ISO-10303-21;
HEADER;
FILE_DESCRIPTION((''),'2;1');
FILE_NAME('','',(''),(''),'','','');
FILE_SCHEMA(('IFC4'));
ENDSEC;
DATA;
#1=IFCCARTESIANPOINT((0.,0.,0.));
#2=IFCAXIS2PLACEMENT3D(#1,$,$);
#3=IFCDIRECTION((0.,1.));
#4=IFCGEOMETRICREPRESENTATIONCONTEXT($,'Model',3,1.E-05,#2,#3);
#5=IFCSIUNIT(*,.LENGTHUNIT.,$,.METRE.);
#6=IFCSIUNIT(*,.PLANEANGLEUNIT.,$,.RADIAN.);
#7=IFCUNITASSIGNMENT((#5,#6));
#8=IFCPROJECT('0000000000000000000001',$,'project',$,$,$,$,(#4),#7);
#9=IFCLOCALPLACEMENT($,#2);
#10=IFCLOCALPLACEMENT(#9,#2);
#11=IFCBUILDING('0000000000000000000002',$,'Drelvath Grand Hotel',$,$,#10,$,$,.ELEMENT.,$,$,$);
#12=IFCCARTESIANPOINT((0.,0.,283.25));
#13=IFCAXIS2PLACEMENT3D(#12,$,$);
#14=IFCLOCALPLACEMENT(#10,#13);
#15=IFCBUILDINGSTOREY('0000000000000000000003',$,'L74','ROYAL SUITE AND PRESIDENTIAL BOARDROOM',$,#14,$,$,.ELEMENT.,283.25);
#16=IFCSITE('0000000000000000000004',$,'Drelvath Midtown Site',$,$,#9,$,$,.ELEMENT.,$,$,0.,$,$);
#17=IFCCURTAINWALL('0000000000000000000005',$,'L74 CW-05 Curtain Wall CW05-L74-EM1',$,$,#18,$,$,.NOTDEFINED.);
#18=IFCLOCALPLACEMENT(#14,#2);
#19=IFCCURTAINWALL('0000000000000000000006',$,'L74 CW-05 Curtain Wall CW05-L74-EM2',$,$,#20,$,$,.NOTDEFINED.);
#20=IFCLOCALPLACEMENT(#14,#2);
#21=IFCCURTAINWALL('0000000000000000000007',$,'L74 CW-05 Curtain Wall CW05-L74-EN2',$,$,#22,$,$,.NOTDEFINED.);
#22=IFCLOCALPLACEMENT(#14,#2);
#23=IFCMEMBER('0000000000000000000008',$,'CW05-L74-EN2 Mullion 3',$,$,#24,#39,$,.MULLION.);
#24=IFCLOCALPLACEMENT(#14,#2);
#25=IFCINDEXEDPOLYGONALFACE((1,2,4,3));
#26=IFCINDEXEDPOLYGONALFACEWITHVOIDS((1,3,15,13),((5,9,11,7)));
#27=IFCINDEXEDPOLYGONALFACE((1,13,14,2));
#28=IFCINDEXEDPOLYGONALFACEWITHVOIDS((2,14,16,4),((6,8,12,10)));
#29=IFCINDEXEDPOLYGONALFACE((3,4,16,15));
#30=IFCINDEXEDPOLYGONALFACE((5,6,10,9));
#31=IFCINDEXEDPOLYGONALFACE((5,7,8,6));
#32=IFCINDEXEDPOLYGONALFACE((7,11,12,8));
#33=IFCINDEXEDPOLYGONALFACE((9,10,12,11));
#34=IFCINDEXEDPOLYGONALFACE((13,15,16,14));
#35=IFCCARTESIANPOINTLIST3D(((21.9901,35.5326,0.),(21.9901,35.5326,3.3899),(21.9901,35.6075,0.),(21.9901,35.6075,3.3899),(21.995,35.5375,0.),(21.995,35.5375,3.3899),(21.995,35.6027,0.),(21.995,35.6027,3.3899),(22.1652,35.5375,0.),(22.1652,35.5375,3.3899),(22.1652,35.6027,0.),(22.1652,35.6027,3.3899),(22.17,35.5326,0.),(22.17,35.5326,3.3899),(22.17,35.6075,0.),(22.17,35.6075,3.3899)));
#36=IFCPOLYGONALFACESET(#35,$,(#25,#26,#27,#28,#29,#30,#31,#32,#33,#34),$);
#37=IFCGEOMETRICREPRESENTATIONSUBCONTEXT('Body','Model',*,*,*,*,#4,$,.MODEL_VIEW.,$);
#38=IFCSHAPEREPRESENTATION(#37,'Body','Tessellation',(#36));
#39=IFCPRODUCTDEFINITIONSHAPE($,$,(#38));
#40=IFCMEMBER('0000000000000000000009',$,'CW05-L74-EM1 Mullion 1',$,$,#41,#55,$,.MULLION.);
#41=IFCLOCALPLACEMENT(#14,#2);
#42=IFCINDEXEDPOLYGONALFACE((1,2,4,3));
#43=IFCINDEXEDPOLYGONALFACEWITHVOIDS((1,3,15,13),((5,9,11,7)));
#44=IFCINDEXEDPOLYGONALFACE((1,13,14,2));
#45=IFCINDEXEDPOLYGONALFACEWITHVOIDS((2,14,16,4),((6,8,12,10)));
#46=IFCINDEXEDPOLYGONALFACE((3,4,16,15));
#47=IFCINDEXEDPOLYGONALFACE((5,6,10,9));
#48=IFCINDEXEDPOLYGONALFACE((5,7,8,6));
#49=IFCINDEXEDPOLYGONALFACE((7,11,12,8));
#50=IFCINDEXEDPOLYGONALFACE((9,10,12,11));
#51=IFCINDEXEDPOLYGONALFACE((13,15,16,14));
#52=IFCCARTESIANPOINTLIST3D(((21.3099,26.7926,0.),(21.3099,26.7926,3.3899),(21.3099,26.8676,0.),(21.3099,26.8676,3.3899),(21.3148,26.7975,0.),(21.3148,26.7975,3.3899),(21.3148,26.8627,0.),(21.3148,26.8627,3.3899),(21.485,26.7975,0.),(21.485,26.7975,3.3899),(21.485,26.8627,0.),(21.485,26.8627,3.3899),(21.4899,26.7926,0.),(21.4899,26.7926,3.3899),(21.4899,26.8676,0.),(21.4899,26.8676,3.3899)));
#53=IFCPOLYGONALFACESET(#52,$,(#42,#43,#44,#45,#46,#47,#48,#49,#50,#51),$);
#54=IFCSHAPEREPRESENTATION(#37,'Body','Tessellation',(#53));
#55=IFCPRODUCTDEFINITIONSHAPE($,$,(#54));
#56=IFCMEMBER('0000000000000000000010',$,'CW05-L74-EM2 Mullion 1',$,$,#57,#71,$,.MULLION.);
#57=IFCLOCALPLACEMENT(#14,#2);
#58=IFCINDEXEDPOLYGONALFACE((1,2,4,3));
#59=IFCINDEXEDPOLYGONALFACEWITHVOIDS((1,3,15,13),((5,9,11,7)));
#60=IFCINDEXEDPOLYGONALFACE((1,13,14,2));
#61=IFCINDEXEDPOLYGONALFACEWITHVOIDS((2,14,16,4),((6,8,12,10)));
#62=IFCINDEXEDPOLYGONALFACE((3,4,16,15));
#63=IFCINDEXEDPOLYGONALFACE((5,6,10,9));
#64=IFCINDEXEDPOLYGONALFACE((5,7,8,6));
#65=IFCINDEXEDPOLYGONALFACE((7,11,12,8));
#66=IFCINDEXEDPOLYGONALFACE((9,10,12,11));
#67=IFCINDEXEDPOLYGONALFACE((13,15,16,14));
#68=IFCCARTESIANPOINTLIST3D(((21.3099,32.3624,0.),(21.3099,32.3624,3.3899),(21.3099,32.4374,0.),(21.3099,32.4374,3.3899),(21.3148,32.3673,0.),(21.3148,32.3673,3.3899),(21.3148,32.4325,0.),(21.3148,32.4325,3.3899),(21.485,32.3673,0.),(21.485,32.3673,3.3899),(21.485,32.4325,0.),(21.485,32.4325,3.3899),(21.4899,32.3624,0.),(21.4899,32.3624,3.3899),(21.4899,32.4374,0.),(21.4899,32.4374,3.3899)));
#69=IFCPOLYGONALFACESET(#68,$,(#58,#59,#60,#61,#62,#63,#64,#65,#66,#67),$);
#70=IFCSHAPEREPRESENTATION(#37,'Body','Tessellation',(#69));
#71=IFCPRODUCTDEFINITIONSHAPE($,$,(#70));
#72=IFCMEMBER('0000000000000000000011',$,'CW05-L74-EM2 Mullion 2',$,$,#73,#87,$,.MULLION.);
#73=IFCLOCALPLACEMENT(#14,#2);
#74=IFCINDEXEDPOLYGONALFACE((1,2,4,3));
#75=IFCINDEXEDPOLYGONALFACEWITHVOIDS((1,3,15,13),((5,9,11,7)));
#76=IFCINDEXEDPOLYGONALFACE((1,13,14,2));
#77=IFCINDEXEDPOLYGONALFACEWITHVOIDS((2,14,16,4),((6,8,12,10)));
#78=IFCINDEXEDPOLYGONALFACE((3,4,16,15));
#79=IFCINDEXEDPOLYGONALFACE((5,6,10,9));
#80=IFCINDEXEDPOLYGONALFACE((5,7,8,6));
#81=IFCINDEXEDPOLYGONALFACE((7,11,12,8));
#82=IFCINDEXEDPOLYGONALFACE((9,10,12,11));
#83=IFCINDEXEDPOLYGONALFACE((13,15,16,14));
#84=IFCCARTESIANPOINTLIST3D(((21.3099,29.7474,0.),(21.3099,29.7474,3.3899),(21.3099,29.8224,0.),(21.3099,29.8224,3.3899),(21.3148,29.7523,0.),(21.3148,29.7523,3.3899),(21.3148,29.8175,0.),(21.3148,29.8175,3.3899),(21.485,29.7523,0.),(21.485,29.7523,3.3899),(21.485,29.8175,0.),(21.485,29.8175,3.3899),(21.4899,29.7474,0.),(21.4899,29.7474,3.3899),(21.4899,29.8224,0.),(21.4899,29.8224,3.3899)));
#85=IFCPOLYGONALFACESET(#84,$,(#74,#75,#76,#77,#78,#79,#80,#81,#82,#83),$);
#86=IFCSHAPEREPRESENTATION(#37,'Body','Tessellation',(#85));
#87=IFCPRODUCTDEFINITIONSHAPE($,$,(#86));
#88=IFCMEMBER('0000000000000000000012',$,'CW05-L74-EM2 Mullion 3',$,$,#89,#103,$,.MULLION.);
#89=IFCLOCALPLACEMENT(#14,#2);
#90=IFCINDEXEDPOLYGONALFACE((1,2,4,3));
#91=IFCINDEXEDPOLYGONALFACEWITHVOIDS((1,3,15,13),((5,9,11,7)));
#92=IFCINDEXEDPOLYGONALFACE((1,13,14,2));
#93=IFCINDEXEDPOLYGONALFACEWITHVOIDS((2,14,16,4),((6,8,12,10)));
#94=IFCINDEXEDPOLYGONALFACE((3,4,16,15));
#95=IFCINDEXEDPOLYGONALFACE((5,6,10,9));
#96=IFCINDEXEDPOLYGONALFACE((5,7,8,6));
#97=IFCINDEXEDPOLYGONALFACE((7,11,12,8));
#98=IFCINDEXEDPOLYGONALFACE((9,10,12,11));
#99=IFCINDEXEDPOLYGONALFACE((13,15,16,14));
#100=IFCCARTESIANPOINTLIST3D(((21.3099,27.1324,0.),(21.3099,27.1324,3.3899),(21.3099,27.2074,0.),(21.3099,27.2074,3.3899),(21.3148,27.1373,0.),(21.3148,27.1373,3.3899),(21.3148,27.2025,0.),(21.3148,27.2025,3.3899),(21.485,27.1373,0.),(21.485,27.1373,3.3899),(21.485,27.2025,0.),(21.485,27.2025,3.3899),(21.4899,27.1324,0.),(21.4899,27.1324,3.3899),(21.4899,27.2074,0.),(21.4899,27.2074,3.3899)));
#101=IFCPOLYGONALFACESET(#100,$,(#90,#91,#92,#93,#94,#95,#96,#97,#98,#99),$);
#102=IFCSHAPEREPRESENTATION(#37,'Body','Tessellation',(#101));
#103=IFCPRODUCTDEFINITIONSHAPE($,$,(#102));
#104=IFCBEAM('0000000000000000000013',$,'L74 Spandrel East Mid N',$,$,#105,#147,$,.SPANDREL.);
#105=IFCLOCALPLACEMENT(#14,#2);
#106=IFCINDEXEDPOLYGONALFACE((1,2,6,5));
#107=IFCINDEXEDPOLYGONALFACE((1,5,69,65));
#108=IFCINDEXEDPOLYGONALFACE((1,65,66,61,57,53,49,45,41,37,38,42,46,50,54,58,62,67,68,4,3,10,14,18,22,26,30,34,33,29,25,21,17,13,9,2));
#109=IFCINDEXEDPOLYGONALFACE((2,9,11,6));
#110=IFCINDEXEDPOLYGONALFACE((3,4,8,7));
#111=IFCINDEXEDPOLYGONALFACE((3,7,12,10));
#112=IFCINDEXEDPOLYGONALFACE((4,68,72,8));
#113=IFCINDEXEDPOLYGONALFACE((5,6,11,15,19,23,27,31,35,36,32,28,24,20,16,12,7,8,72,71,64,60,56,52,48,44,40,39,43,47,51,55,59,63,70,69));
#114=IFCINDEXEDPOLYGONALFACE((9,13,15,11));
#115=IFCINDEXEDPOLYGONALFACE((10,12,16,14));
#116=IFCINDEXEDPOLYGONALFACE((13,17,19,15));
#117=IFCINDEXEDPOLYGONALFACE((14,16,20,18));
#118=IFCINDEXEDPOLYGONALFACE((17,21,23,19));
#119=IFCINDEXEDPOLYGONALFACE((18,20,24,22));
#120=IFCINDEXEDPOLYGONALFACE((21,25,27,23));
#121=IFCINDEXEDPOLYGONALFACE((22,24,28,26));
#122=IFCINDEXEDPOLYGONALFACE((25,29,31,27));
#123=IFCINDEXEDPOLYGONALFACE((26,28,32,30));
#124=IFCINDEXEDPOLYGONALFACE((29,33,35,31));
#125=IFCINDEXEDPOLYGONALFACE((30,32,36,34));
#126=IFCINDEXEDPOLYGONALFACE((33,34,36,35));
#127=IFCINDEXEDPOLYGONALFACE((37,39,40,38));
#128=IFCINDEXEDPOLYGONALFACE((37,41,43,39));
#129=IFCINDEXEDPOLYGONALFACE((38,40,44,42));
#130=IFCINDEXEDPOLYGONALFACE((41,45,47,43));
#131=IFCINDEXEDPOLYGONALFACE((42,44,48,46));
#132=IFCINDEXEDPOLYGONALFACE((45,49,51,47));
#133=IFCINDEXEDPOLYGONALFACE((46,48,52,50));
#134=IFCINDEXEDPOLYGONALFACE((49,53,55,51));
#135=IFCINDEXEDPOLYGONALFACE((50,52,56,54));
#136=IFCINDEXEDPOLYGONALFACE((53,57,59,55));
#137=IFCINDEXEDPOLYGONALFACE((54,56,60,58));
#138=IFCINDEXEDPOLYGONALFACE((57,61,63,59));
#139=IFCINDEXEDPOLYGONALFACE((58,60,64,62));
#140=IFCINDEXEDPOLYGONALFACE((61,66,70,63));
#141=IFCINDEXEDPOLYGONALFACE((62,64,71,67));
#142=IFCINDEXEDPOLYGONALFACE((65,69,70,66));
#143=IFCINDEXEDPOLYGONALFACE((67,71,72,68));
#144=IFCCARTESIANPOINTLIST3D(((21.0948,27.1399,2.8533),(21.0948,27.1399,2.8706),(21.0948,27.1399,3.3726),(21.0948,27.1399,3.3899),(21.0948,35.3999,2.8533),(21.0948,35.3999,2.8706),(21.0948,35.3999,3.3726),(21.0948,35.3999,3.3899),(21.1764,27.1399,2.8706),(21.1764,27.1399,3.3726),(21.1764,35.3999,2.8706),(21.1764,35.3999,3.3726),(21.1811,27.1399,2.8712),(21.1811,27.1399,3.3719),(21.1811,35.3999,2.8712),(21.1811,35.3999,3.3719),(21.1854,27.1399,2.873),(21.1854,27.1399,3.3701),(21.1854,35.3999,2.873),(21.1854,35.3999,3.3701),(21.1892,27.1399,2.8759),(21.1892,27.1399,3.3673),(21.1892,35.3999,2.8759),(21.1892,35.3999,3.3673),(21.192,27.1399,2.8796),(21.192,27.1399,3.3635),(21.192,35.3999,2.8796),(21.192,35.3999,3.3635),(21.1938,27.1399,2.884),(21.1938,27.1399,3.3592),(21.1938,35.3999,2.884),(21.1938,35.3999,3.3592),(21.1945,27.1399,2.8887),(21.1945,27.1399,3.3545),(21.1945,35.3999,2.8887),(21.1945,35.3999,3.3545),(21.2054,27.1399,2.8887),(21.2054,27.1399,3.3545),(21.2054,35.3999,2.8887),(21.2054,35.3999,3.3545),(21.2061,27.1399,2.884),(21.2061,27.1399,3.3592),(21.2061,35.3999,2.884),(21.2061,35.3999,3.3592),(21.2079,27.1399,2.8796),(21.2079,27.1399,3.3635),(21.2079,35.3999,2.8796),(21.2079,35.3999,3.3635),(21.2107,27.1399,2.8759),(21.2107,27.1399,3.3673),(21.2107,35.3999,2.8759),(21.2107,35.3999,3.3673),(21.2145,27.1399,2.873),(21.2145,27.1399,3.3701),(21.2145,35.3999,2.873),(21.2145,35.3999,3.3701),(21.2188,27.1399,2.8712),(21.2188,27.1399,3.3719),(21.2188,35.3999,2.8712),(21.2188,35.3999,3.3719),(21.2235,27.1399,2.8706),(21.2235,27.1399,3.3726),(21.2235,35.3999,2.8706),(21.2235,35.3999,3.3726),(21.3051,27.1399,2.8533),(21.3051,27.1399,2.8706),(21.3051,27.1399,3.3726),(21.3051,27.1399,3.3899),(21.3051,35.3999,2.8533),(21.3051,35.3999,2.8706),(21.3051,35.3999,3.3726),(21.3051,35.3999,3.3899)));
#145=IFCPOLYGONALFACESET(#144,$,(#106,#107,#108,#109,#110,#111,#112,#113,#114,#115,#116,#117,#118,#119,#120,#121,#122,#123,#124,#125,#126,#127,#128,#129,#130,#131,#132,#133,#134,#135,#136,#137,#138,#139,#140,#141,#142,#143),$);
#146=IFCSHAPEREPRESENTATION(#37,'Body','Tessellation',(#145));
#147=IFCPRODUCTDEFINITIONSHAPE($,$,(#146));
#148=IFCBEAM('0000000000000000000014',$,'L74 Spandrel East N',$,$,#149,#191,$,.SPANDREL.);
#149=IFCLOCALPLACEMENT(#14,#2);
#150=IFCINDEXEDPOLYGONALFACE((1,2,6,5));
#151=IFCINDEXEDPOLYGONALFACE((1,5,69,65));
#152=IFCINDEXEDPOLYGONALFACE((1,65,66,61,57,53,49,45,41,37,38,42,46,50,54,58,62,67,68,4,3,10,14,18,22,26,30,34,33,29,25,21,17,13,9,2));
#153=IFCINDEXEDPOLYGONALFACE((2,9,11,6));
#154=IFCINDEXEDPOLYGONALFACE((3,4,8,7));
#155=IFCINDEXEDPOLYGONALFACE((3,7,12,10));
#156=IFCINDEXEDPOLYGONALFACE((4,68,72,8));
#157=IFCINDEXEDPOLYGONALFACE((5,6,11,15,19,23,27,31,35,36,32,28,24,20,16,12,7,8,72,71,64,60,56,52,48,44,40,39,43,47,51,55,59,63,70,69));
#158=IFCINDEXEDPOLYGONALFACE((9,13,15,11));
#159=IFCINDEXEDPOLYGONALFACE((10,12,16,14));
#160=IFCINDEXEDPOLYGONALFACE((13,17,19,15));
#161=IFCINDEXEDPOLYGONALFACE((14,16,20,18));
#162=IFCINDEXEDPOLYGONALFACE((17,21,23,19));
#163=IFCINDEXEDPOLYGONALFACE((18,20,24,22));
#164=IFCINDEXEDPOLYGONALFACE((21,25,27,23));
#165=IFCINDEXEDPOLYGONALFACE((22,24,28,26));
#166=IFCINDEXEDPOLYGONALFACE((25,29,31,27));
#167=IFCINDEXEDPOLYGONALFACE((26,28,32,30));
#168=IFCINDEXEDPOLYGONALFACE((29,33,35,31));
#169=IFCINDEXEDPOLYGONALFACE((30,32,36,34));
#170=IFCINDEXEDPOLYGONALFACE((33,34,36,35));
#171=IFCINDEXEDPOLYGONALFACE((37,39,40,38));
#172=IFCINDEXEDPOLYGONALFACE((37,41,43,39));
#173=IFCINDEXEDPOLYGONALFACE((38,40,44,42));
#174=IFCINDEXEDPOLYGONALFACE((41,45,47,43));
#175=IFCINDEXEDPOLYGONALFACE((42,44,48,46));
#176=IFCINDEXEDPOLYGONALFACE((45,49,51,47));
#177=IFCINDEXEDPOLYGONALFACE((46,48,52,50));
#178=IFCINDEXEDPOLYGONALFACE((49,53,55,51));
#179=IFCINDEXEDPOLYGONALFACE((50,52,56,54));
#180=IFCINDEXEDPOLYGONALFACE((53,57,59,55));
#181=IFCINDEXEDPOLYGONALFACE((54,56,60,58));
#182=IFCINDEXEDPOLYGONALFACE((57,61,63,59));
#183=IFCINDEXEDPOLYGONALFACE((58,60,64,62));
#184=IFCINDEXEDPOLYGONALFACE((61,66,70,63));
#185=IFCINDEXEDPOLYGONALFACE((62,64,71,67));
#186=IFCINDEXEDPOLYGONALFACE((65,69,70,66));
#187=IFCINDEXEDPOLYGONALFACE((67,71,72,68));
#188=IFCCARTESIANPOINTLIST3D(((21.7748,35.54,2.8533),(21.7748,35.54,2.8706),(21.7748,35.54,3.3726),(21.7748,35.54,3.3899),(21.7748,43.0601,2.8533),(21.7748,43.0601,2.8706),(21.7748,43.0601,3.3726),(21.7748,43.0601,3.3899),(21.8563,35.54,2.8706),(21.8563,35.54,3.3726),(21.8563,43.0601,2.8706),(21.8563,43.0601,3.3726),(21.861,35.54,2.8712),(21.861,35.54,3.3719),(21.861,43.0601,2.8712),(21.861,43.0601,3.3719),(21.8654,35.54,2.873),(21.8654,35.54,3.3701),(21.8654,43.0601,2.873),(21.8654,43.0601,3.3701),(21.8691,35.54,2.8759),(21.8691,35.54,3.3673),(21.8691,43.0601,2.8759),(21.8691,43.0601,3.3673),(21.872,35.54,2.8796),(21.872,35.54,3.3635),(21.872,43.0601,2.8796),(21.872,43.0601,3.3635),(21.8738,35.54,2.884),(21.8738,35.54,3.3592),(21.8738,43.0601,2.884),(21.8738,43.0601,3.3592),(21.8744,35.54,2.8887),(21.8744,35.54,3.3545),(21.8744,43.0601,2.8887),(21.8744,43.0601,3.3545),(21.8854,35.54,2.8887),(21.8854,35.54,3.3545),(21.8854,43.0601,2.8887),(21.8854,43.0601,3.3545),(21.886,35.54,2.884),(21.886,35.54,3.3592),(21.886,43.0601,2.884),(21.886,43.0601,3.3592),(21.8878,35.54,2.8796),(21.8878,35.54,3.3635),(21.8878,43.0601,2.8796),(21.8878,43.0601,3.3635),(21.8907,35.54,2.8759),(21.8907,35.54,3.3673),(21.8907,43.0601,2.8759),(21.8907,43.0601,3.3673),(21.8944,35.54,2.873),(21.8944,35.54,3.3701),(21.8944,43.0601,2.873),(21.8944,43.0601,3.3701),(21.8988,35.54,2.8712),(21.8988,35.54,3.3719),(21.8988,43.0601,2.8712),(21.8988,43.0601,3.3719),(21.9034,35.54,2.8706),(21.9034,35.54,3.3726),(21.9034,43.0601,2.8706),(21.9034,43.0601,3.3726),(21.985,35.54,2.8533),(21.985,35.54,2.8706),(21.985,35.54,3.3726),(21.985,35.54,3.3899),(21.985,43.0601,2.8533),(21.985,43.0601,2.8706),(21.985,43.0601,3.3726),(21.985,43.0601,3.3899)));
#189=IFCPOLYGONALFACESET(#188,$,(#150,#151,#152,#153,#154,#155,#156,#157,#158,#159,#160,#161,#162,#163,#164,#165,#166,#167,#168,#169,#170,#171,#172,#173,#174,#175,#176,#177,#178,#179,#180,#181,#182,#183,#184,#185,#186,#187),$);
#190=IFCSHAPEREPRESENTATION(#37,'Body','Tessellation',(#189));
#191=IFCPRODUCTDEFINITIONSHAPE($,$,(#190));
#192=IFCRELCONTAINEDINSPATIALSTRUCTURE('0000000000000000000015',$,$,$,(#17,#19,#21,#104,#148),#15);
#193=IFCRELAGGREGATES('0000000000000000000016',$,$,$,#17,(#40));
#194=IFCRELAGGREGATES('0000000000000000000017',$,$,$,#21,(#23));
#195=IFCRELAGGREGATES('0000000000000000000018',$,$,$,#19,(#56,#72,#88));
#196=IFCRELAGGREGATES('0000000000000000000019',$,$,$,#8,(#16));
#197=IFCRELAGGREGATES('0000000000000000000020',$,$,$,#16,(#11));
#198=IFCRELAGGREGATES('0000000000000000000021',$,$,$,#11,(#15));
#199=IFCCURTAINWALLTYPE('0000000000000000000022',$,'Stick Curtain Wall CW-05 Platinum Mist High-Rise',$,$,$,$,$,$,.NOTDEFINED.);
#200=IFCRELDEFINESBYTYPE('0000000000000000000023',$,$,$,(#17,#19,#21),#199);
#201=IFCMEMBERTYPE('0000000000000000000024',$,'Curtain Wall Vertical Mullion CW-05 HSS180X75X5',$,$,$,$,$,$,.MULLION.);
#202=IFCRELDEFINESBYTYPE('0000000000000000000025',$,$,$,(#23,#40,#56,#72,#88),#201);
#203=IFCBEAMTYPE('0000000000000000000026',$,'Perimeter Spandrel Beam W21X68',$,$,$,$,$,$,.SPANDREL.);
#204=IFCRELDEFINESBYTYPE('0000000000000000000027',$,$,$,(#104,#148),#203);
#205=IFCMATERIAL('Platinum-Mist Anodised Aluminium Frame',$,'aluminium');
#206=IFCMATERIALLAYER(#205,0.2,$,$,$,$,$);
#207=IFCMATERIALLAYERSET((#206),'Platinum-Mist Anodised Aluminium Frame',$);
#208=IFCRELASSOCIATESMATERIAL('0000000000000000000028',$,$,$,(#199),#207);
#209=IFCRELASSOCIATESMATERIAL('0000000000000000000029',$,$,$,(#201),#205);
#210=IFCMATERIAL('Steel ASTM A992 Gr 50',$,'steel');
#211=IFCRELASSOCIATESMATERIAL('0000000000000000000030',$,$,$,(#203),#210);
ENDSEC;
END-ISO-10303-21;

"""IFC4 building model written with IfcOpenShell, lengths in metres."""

from ifc_helpers import new_model, si_unit, direction, frame, origin, origin_2d, place, context, subcontext, project, spatial, hollow_rectangle, i_section, extrude, material, layer, layer_set, material_profile, profile_set, type_object, element, aggregate, save


model = new_model("IFC4")

# Units and contexts
model_context = context("Model", 3, precision=1e-05, world=origin(), true_north=direction((0.0, 1.0)))
body_context = subcontext(model_context, "Body", "Model", "MODEL_VIEW")
ifc_project = project(units=[si_unit("LENGTHUNIT", "METRE"), si_unit("PLANEANGLEUNIT", "RADIAN")], contexts=[model_context])

# Site, building, storey
site_placement = place(None, origin())
site = spatial("IfcSite", under=ifc_project, at=site_placement, Name="Drelvath Midtown Site", CompositionType="ELEMENT", RefElevation=0.0)
building_placement = place(site_placement, origin())
building = spatial("IfcBuilding", under=site, at=building_placement, Name="Drelvath Grand Hotel", CompositionType="ELEMENT")
storey_placement = place(building_placement, frame((0.0, 0.0, 283.25)))
storey = spatial("IfcBuildingStorey", under=building, at=storey_placement, Name="L74", Description="ROYAL SUITE AND PRESIDENTIAL BOARDROOM", CompositionType="ELEMENT", Elevation=283.25)

# Curtain walls
ifc_material_1 = material(Name="Platinum-Mist Anodised Aluminium Frame", Category="aluminium")
ifc_layer_1 = layer(ifc_material_1, 0.2)
ifc_layer_set_1 = layer_set([ifc_layer_1], Name="Platinum-Mist Anodised Aluminium Frame")
curtain_wall_type = type_object("IfcCurtainWallType", Name="Stick Curtain Wall CW-05 Platinum Mist High-Rise", PredefinedType="NOTDEFINED", material=ifc_layer_set_1)
curtain_wall_1_placement = place(storey_placement, origin())
curtain_wall_1 = element("IfcCurtainWall", 1, at=curtain_wall_1_placement, inside=storey, type_object=curtain_wall_type, Name="L74 CW-05 Curtain Wall CW05-L74-EM1", PredefinedType="NOTDEFINED")
curtain_wall_2_placement = place(storey_placement, origin())
curtain_wall_2 = element("IfcCurtainWall", 2, at=curtain_wall_2_placement, inside=storey, type_object=curtain_wall_type, Name="L74 CW-05 Curtain Wall CW05-L74-EM2", PredefinedType="NOTDEFINED")

# Shared definitions
ifc_material_profile_1 = material_profile(ifc_material_1, hollow_rectangle(XDim=0.075, YDim=0.1799, WallThickness=0.0049, at=origin_2d()), Name="HSS180X75X5")
ifc_profile_set_1 = profile_set([ifc_material_profile_1], Name="Platinum-Mist Anodised Aluminium Frame")
member_type_1 = type_object("IfcMemberType", Name="Curtain Wall Vertical Mullion CW-05 HSS180X75X5", PredefinedType="MULLION", material=ifc_profile_set_1)

# Curtain wall, member
curtain_wall_3_placement = place(storey_placement, origin())
curtain_wall_3 = element("IfcCurtainWall", 3, at=curtain_wall_3_placement, inside=storey, type_object=curtain_wall_type, Name="L74 CW-05 Curtain Wall CW05-L74-EN2", PredefinedType="NOTDEFINED")
member_1_placement = place(storey_placement, frame((22.0801, 35.5701, 0.0), z_axis=(0.0, 0.0, 1.0), x_axis=(0.0, 1.0, 0.0)))
member_1 = element("IfcMember", 4, at=member_1_placement, type_object=member_type_1, Name="CW05-L74-EN2 Mullion 3", PredefinedType="MULLION", context=body_context, shape_type="SweptSolid", body=[
    extrude(hollow_rectangle(XDim=0.075, YDim=0.1799, WallThickness=0.0049, at=origin_2d()), origin(), (0.0, 0.0, 1.0), 3.3899),
])

# Members
member_2_placement = place(storey_placement, frame((21.3999, 26.8301, 0.0), z_axis=(0.0, 0.0, 1.0), x_axis=(0.0, 1.0, 0.0)))
member_2 = element("IfcMember", 5, at=member_2_placement, type_object=member_type_1, Name="CW05-L74-EM1 Mullion 1", PredefinedType="MULLION", context=body_context, shape_type="SweptSolid", body=[
    extrude(hollow_rectangle(XDim=0.075, YDim=0.1799, WallThickness=0.0049, at=origin_2d()), origin(), (0.0, 0.0, 1.0), 3.3899),
])
aggregate(curtain_wall_1, [member_2])
member_3_placement = place(storey_placement, frame((21.3999, 32.3999, 0.0), z_axis=(0.0, 0.0, 1.0), x_axis=(0.0, 1.0, 0.0)))
member_3 = element("IfcMember", 6, at=member_3_placement, type_object=member_type_1, Name="CW05-L74-EM2 Mullion 1", PredefinedType="MULLION", context=body_context, shape_type="SweptSolid", body=[
    extrude(hollow_rectangle(XDim=0.075, YDim=0.1799, WallThickness=0.0049, at=origin_2d()), origin(), (0.0, 0.0, 1.0), 3.3899),
])
member_4_placement = place(storey_placement, frame((21.3999, 29.7849, 0.0), z_axis=(0.0, 0.0, 1.0), x_axis=(0.0, 1.0, 0.0)))
member_4 = element("IfcMember", 7, at=member_4_placement, type_object=member_type_1, Name="CW05-L74-EM2 Mullion 2", PredefinedType="MULLION", context=body_context, shape_type="SweptSolid", body=[
    extrude(hollow_rectangle(XDim=0.075, YDim=0.1799, WallThickness=0.0049, at=origin_2d()), origin(), (0.0, 0.0, 1.0), 3.3899),
])
member_5_placement = place(storey_placement, frame((21.3999, 27.1699, 0.0), z_axis=(0.0, 0.0, 1.0), x_axis=(0.0, 1.0, 0.0)))
member_5 = element("IfcMember", 8, at=member_5_placement, type_object=member_type_1, Name="CW05-L74-EM2 Mullion 3", PredefinedType="MULLION", context=body_context, shape_type="SweptSolid", body=[
    extrude(hollow_rectangle(XDim=0.075, YDim=0.1799, WallThickness=0.0049, at=origin_2d()), origin(), (0.0, 0.0, 1.0), 3.3899),
])

# Beams
ifc_material_2 = material(Name="Steel ASTM A992 Gr 50", Category="steel")
ifc_material_profile_2 = material_profile(ifc_material_2, i_section(OverallWidth=0.2102, OverallDepth=0.5366, WebThickness=0.011, FlangeThickness=0.0173, FilletRadius=0.0181, at=origin_2d()), Name="W21X68")
ifc_profile_set_2 = profile_set([ifc_material_profile_2], Name="Steel ASTM A992 Gr 50")
beam_type_1 = type_object("IfcBeamType", Name="Perimeter Spandrel Beam W21X68", PredefinedType="SPANDREL", material=ifc_profile_set_2)
beam_1_placement = place(storey_placement, frame((21.2, 27.1399, 3.1216), z_axis=(0.0, 1.0, 0.0), x_axis=(-1.0, 0.0, 0.0)))
element("IfcBeam", 9, at=beam_1_placement, inside=storey, type_object=beam_type_1, Name="L74 Spandrel East Mid N", PredefinedType="SPANDREL", context=body_context, shape_type="SweptSolid", body=[
    extrude(i_section(OverallWidth=0.2102, OverallDepth=0.5366, WebThickness=0.011, FlangeThickness=0.0173, FilletRadius=0.0181, at=origin_2d()), origin(), (0.0, 0.0, 1.0), 8.26),
])
beam_2_placement = place(storey_placement, frame((21.8799, 35.54, 3.1216), z_axis=(0.0, 1.0, 0.0), x_axis=(-1.0, 0.0, 0.0)))
element("IfcBeam", 10, at=beam_2_placement, inside=storey, type_object=beam_type_1, Name="L74 Spandrel East N", PredefinedType="SPANDREL", context=body_context, shape_type="SweptSolid", body=[
    extrude(i_section(OverallWidth=0.2102, OverallDepth=0.5366, WebThickness=0.011, FlangeThickness=0.0173, FilletRadius=0.0181, at=origin_2d()), origin(), (0.0, 0.0, 1.0), 7.52),
])

aggregate(curtain_wall_3, [member_1])
aggregate(curtain_wall_2, [member_3, member_4, member_5])

save(model, "model.ifc")
